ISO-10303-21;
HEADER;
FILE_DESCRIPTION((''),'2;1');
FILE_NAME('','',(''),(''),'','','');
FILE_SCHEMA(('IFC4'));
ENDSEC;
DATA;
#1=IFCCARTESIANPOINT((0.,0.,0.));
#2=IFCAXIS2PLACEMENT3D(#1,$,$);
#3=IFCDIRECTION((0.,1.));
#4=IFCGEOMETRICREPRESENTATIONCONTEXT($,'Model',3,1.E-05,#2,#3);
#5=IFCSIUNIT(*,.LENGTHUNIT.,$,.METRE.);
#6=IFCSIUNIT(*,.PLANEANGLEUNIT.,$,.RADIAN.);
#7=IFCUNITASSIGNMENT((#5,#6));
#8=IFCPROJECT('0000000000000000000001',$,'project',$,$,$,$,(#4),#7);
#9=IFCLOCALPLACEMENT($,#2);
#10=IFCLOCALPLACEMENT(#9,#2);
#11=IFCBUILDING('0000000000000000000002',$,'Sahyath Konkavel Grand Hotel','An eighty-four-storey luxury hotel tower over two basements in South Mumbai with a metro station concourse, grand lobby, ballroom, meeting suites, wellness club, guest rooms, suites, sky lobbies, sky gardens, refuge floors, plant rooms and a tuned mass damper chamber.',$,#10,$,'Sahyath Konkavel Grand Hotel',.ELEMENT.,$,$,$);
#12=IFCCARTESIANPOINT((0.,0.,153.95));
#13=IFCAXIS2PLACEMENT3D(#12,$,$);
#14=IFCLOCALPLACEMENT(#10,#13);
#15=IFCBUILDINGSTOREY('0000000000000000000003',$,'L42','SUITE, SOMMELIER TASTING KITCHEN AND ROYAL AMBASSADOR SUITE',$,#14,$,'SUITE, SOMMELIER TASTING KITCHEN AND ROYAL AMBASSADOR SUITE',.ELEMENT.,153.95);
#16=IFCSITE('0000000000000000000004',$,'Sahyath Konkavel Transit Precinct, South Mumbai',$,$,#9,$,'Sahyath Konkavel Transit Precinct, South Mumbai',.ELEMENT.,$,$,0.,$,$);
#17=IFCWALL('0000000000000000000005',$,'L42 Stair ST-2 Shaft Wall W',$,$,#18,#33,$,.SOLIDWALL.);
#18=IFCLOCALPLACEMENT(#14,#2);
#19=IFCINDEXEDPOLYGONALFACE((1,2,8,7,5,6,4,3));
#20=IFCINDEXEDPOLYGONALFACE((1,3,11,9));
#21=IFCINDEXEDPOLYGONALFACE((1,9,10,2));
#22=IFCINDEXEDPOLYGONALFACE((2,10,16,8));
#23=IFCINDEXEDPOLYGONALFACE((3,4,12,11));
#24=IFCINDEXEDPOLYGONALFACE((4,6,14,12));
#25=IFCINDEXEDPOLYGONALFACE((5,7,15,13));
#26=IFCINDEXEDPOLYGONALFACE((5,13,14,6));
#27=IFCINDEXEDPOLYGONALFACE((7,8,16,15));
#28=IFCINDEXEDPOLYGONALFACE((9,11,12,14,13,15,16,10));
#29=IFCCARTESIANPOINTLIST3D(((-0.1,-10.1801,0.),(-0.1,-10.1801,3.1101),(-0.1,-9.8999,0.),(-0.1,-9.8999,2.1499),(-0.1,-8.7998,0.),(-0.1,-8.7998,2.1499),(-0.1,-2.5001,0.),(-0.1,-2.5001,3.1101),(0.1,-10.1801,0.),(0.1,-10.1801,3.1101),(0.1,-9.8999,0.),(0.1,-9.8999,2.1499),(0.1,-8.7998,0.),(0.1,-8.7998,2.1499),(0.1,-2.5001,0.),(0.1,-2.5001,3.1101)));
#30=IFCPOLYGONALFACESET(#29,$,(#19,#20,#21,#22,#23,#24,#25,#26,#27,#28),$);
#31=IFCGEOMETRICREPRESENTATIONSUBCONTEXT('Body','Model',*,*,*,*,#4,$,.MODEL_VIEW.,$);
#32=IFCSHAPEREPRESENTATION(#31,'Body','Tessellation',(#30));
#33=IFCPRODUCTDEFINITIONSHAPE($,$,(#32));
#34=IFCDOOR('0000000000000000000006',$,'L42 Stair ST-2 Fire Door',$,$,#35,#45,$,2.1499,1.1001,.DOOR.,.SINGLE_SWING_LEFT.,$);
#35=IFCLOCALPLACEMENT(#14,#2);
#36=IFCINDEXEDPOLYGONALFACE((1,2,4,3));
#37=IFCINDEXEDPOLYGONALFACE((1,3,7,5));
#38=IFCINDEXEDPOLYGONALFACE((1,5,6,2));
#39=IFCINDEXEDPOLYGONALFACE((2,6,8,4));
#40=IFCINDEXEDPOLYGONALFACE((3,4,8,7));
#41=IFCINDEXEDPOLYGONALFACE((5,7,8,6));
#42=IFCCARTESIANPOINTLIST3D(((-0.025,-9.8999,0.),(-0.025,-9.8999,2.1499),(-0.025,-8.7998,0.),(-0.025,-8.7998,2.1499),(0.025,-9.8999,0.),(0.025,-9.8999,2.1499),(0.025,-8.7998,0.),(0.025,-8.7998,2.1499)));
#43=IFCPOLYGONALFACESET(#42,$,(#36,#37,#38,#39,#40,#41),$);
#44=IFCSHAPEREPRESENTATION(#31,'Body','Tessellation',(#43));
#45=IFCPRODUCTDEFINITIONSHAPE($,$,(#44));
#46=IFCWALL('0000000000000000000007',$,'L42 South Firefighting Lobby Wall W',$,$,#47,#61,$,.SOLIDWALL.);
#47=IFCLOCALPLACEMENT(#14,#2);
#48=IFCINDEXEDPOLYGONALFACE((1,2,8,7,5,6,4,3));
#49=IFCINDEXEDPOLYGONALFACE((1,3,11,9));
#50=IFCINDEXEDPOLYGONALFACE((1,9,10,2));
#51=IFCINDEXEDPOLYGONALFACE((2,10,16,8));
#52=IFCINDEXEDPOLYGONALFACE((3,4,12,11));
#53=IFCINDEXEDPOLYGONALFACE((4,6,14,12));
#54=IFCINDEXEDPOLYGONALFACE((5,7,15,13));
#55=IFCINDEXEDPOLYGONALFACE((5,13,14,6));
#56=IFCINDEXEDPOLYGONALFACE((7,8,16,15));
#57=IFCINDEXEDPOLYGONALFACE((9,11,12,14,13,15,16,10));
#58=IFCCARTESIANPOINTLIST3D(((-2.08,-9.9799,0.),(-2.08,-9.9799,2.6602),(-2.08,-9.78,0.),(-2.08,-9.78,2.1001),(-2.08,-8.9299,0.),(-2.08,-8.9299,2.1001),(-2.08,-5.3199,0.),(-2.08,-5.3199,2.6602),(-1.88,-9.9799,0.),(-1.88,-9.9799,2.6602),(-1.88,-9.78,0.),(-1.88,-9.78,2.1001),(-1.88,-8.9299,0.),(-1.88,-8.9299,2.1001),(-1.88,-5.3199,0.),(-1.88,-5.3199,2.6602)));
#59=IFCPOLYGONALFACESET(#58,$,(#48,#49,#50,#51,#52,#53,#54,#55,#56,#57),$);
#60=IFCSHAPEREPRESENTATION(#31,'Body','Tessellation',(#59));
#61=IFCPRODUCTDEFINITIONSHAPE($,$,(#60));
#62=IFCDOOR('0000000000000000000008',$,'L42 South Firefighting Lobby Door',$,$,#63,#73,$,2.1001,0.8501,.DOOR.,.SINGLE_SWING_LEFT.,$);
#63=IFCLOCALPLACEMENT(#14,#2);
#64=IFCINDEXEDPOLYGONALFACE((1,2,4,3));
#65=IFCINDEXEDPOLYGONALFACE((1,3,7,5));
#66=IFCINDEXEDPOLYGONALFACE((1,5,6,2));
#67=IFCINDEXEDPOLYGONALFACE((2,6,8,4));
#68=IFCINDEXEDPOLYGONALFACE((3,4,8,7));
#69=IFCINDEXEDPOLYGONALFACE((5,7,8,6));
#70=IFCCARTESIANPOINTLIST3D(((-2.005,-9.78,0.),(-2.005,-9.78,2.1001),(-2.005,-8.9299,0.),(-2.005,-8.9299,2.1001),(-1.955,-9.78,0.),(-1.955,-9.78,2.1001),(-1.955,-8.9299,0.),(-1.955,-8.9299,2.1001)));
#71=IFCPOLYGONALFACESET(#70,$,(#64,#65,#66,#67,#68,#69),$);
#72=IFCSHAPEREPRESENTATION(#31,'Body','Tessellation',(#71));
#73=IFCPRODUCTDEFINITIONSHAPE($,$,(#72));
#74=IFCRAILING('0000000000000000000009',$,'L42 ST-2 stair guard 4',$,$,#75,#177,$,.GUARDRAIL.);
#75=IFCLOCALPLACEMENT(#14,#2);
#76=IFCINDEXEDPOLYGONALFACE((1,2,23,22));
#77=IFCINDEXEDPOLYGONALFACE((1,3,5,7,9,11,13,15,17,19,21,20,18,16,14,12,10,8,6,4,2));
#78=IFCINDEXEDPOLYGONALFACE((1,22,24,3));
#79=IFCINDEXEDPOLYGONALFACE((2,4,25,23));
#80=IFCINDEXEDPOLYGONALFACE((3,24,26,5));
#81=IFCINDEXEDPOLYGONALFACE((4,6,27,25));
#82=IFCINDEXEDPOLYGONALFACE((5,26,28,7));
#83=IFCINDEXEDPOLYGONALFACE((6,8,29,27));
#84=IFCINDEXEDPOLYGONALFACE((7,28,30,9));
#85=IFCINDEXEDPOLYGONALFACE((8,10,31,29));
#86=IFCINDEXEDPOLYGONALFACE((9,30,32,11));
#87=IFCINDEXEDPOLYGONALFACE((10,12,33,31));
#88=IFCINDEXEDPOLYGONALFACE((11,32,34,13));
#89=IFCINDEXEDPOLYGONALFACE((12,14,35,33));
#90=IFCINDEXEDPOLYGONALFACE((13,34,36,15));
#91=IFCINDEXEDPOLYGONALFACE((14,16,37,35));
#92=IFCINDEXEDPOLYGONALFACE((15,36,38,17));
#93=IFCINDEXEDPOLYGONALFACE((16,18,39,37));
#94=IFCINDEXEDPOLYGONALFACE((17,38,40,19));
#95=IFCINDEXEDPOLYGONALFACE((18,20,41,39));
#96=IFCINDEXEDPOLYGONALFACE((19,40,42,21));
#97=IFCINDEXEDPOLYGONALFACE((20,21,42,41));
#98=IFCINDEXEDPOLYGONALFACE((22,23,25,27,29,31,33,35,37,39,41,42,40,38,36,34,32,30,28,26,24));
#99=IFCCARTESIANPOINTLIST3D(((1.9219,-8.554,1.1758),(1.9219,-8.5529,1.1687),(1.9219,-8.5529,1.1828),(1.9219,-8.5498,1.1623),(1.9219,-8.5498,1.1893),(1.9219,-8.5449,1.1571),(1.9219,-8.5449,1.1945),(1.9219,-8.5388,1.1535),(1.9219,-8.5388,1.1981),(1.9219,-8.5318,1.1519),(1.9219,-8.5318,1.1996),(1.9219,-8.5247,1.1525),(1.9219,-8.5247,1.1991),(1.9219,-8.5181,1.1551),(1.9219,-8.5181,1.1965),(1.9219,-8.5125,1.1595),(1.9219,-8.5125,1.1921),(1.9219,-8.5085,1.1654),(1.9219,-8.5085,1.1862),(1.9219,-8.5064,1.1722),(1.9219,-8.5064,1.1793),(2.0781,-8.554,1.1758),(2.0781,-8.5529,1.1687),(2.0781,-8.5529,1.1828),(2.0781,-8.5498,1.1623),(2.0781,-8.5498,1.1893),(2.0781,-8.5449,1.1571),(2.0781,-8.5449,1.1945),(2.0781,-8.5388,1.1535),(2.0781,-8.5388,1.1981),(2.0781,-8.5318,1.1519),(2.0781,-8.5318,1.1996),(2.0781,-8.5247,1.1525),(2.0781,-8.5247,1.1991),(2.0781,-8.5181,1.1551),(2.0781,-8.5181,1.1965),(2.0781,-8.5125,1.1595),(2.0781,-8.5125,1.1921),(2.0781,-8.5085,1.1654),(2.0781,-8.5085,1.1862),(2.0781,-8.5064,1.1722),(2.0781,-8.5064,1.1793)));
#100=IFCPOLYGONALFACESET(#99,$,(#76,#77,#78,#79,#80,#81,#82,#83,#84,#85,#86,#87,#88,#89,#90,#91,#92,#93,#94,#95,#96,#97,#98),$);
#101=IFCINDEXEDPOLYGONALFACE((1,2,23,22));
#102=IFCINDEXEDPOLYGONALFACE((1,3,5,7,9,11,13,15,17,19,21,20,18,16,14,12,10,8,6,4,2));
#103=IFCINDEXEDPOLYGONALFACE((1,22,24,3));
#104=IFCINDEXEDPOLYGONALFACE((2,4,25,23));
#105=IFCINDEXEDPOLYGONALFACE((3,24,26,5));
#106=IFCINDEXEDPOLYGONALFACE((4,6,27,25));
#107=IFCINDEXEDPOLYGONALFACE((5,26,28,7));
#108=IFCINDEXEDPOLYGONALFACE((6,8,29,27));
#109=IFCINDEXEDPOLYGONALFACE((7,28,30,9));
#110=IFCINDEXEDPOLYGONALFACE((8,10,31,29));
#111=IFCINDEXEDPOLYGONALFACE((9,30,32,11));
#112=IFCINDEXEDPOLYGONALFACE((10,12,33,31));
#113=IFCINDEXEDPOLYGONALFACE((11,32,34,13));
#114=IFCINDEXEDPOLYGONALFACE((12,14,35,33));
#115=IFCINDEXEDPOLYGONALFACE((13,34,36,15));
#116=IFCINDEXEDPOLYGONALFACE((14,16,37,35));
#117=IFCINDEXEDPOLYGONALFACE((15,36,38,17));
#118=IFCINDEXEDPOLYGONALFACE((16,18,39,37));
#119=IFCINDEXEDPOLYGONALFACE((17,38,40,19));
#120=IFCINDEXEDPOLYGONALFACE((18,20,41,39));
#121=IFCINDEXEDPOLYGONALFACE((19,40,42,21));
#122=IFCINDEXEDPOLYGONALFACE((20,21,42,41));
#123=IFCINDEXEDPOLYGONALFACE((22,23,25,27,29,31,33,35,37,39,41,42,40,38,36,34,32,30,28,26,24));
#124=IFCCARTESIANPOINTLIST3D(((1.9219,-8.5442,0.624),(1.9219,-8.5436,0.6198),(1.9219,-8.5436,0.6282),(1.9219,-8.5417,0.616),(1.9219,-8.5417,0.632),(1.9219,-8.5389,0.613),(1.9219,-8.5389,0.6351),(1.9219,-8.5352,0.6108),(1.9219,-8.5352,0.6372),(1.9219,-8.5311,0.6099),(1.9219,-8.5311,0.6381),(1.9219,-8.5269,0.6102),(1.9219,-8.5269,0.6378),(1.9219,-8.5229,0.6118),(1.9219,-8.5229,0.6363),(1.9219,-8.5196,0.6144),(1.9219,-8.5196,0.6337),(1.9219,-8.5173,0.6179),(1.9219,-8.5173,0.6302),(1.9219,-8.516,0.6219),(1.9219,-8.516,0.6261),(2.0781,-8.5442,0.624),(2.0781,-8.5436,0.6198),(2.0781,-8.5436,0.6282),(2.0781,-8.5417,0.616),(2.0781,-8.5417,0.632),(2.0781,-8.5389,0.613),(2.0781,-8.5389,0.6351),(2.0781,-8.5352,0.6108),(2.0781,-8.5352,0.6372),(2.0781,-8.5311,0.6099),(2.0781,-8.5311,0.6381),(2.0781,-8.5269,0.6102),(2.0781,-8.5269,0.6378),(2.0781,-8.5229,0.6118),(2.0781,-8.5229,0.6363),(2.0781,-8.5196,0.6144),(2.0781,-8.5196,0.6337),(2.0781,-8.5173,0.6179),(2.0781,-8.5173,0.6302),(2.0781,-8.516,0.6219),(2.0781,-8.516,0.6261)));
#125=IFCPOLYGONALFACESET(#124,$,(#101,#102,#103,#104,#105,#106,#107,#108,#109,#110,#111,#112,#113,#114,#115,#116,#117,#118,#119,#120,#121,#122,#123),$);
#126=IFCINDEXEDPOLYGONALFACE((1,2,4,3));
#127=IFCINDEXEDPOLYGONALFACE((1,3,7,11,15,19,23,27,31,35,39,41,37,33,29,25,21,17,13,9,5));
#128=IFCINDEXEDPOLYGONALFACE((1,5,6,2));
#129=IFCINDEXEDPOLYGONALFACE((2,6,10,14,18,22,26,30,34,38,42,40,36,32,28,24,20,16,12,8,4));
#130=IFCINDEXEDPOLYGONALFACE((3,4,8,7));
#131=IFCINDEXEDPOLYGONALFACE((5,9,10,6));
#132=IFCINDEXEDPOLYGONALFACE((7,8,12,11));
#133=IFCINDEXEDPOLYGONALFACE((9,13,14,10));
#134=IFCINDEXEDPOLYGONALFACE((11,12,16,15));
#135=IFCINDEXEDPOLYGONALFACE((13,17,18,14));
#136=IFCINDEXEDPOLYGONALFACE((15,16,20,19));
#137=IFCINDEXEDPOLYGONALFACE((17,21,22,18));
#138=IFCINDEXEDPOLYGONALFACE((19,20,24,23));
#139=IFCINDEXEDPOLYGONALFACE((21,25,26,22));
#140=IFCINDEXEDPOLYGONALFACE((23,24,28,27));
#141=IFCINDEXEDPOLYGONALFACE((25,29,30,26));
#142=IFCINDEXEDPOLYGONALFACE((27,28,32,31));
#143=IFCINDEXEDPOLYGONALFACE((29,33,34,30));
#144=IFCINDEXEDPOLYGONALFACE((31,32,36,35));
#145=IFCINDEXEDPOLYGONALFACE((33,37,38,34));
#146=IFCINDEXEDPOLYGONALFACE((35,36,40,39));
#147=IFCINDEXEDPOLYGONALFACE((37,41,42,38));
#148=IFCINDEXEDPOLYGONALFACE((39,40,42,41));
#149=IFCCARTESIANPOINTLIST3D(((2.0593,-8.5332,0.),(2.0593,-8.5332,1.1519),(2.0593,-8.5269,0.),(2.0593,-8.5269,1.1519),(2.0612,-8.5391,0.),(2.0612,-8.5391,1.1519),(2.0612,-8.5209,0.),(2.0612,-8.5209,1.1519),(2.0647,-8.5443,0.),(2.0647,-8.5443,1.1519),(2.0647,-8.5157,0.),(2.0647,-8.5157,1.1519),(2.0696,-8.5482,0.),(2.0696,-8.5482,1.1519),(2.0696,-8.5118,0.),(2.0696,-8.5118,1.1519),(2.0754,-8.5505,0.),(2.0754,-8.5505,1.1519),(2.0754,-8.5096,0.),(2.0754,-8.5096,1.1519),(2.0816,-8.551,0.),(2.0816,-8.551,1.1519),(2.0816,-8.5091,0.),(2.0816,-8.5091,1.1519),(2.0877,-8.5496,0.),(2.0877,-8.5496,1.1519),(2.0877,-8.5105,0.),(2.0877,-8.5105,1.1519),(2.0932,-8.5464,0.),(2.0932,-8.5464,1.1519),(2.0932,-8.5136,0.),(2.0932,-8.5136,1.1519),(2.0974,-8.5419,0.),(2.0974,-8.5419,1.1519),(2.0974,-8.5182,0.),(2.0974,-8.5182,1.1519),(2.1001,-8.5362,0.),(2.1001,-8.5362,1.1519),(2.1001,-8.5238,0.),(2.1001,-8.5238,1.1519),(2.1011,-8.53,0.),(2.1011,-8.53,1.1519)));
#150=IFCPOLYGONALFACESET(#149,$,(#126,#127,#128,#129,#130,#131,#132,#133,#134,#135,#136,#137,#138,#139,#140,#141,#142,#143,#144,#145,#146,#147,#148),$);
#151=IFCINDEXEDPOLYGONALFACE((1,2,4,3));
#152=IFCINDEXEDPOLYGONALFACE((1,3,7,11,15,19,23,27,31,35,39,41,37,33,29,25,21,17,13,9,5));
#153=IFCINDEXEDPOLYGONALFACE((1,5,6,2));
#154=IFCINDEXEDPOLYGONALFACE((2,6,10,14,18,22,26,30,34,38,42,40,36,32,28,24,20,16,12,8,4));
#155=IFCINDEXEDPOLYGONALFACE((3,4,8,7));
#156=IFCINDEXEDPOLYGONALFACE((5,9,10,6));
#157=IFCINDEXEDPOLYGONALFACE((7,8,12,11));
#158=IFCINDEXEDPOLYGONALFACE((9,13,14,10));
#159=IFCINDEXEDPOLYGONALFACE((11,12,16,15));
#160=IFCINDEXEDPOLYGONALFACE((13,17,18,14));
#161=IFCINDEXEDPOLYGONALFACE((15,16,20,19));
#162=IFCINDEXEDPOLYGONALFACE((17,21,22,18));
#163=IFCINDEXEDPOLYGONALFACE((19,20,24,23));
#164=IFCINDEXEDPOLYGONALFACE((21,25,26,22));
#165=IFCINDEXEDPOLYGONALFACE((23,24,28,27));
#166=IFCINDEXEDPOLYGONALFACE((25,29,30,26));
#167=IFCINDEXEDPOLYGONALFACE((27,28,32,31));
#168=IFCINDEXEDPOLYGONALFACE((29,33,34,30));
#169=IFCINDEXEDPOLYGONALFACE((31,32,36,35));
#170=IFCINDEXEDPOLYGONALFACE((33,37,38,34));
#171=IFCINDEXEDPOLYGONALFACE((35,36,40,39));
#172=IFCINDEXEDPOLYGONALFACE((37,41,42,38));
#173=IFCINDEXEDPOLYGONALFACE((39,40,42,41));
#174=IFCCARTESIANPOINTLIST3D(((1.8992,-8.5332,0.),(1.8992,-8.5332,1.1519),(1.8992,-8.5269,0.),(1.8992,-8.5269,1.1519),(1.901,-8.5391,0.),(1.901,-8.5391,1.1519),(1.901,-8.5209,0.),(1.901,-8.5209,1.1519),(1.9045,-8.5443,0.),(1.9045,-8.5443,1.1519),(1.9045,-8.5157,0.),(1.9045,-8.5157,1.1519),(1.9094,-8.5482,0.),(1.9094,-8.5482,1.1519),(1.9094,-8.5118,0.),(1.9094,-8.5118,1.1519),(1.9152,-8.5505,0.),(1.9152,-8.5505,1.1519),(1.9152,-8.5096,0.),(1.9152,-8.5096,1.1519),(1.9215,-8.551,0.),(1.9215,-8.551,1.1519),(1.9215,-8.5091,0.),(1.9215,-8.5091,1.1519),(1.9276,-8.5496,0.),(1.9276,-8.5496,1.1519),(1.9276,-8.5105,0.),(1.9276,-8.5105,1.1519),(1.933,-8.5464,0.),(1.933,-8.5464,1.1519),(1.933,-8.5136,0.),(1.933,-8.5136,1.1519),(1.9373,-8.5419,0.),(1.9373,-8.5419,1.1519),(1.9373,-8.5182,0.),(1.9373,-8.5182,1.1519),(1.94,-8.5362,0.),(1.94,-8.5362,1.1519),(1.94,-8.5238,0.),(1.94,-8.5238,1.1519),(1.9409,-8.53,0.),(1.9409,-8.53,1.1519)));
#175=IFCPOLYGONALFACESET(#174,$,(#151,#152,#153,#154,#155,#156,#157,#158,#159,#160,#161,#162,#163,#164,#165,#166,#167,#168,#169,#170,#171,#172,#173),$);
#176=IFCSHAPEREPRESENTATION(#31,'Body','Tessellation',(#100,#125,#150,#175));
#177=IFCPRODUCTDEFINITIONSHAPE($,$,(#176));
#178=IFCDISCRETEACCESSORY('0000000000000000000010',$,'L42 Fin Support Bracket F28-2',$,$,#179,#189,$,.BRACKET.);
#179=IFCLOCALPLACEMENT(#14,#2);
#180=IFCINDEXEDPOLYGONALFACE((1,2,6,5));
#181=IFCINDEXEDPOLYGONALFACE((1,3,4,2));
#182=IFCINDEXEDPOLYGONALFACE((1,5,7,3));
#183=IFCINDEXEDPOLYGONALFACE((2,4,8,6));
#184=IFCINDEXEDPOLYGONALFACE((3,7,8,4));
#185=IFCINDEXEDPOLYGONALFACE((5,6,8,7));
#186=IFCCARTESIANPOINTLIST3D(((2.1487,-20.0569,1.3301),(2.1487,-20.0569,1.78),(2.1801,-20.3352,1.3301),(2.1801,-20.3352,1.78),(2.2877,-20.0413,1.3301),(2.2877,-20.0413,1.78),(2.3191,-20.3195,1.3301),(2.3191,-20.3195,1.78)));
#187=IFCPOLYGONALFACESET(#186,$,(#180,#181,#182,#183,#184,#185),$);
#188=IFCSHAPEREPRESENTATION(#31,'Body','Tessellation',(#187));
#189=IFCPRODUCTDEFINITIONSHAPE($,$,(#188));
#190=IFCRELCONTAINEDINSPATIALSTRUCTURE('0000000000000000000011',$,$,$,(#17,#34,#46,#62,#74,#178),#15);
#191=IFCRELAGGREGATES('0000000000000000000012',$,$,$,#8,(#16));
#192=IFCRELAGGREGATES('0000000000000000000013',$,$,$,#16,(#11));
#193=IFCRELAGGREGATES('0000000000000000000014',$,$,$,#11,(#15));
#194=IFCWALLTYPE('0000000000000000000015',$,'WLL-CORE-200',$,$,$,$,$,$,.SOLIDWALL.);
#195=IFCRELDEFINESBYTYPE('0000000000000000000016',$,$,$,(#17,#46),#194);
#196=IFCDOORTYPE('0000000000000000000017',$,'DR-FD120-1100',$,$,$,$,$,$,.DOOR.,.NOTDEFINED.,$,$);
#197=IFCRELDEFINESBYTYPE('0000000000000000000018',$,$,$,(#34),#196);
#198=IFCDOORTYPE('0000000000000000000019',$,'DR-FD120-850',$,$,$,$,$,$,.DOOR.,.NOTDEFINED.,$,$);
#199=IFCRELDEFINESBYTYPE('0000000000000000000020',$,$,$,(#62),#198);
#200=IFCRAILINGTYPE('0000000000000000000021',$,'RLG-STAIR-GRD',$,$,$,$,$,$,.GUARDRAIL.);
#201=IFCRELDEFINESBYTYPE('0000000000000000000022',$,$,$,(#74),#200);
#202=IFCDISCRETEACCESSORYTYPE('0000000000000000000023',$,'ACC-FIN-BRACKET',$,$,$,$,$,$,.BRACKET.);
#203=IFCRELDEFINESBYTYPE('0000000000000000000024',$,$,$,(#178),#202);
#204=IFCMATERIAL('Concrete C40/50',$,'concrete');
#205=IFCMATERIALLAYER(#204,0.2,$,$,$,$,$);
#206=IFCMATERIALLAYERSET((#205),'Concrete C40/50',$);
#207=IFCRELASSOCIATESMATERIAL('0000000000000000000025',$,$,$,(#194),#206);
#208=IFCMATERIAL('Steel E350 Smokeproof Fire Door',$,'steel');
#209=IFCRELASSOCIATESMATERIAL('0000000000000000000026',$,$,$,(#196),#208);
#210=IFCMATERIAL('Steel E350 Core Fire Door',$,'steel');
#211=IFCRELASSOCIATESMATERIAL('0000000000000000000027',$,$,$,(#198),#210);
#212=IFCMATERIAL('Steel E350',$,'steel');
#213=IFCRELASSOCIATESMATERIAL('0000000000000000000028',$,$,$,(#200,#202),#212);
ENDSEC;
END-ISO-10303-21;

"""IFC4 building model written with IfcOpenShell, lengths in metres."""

from ifc_helpers import new_model, si_unit, direction, frame, frame_2d, origin, origin_2d, place, context, subcontext, project, spatial, rectangle, circle, extrude, source, transform, mapped, material, layer, layer_set, type_object, element, fill, save


model = new_model("IFC4")

# Units and contexts
model_context = context("Model", 3, precision=1e-05, world=origin(), true_north=direction((0.0, 1.0)))
body_context = subcontext(model_context, "Body", "Model", "MODEL_VIEW")
ifc_project = project(units=[si_unit("LENGTHUNIT", "METRE"), si_unit("PLANEANGLEUNIT", "RADIAN")], contexts=[model_context])

# Site, building, storey
site_placement = place(None, origin())
site = spatial("IfcSite", under=ifc_project, at=site_placement, Name="Sahyath Konkavel Transit Precinct, South Mumbai", LongName="Sahyath Konkavel Transit Precinct, South Mumbai", CompositionType="ELEMENT", RefElevation=0.0)
building_placement = place(site_placement, origin())
building = spatial("IfcBuilding", under=site, at=building_placement, Name="Sahyath Konkavel Grand Hotel", Description="An eighty-four-storey luxury hotel tower over two basements in South Mumbai with a metro station concourse, grand lobby, ballroom, meeting suites, wellness club, guest rooms, suites, sky lobbies, sky gardens, refuge floors, plant rooms and a tuned mass damper chamber.", LongName="Sahyath Konkavel Grand Hotel", CompositionType="ELEMENT")
storey_placement = place(building_placement, frame((0.0, 0.0, 153.95)))
storey = spatial("IfcBuildingStorey", under=building, at=storey_placement, Name="L42", Description="SUITE, SOMMELIER TASTING KITCHEN AND ROYAL AMBASSADOR SUITE", LongName="SUITE, SOMMELIER TASTING KITCHEN AND ROYAL AMBASSADOR SUITE", CompositionType="ELEMENT", Elevation=153.95)

# Shared definitions
ifc_material_1 = material(Name="Steel E350", Category="steel")

# Walls, openings, doors
ifc_material_2 = material(Name="Concrete C40/50", Category="concrete")
ifc_layer_1 = layer(ifc_material_2, 0.2)
ifc_layer_set_1 = layer_set([ifc_layer_1], Name="Concrete C40/50")
wall_type_1 = type_object("IfcWallType", Name="WLL-CORE-200", PredefinedType="SOLIDWALL", material=ifc_layer_set_1)
wall_1_placement = place(storey_placement, frame((0.0, -10.1799, 0.0), z_axis=(0.0, 0.0, 1.0), x_axis=(0.0, 1.0, 0.0)))
wall_1 = element("IfcWall", 1, at=wall_1_placement, inside=storey, type_object=wall_type_1, Name="L42 Stair ST-2 Shaft Wall W", PredefinedType="SOLIDWALL", context=body_context, shape_type="SweptSolid", body=[
    extrude(rectangle(XDim=7.6799, YDim=0.2, at=frame_2d((3.8398, 0.0))), origin(), (0.0, 0.0, 1.0), 3.1101),
])
opening_1_placement = place(wall_1_placement, frame((0.28, 0.0, 0.0)))
opening_1 = element("IfcOpeningElement", 2, at=opening_1_placement, cuts=wall_1, PredefinedType="OPENING", context=body_context, shape_type="SweptSolid", body=[
    extrude(rectangle(XDim=1.1001, YDim=2.1499, at=frame_2d((0.55, 1.075))), frame((0.0, 0.1099, 0.0), z_axis=(0.0, -1.0, 0.0), x_axis=(1.0, 0.0, 0.0)), (0.0, 0.0, 1.0), 0.22),
])
ifc_material_3 = material(Name="Steel E350 Smokeproof Fire Door", Category="steel")
door_type_1 = type_object("IfcDoorType", Name="DR-FD120-1100", OperationType="NOTDEFINED", PredefinedType="DOOR", material=ifc_material_3)
shared_shape_1 = source(origin(), body_context, "Body", "SweptSolid", [
    extrude(rectangle(XDim=1.1001, YDim=0.05, at=origin_2d()), origin(), (0.0, 0.0, 1.0), 2.1499),
])
door_1_placement = place(opening_1_placement, frame((0.55, 0.0, 0.0)))
door_1 = element("IfcDoor", 3, at=door_1_placement, inside=storey, type_object=door_type_1, Name="L42 Stair ST-2 Fire Door", OperationType="SINGLE_SWING_LEFT", OverallHeight=2.1499, OverallWidth=1.1001, PredefinedType="DOOR", context=body_context, shape_type="MappedRepresentation", body=[
    mapped(shared_shape_1, transform((0.0, 0.0, 0.0), scale=1.0)),
])
fill(opening_1, door_1)
wall_2_placement = place(storey_placement, frame((-1.98, -9.98, 0.0), z_axis=(0.0, 0.0, 1.0), x_axis=(0.0, 1.0, 0.0)))
wall_2 = element("IfcWall", 4, at=wall_2_placement, inside=storey, type_object=wall_type_1, Name="L42 South Firefighting Lobby Wall W", PredefinedType="SOLIDWALL", context=body_context, shape_type="SweptSolid", body=[
    extrude(rectangle(XDim=4.6599, YDim=0.2, at=frame_2d((2.3301, 0.0))), origin(), (0.0, 0.0, 1.0), 2.6602),
])
opening_2_placement = place(wall_2_placement, frame((0.2, 0.0, 0.0)))
opening_2 = element("IfcOpeningElement", 5, at=opening_2_placement, cuts=wall_2, PredefinedType="OPENING", context=body_context, shape_type="SweptSolid", body=[
    extrude(rectangle(XDim=0.8501, YDim=2.1001, at=frame_2d((0.425, 1.05))), frame((0.0, 0.1099, 0.0), z_axis=(0.0, -1.0, 0.0), x_axis=(1.0, 0.0, 0.0)), (0.0, 0.0, 1.0), 0.22),
])
ifc_material_4 = material(Name="Steel E350 Core Fire Door", Category="steel")
door_type_2 = type_object("IfcDoorType", Name="DR-FD120-850", OperationType="NOTDEFINED", PredefinedType="DOOR", material=ifc_material_4)
shared_shape_2 = source(origin(), body_context, "Body", "SweptSolid", [
    extrude(rectangle(XDim=0.8501, YDim=0.05, at=origin_2d()), origin(), (0.0, 0.0, 1.0), 2.1001),
])
door_2_placement = place(opening_2_placement, frame((0.425, 0.0, 0.0)))
door_2 = element("IfcDoor", 6, at=door_2_placement, inside=storey, type_object=door_type_2, Name="L42 South Firefighting Lobby Door", OperationType="SINGLE_SWING_LEFT", OverallHeight=2.1001, OverallWidth=0.8501, PredefinedType="DOOR", context=body_context, shape_type="MappedRepresentation", body=[
    mapped(shared_shape_2, transform((0.0, 0.0, 0.0), scale=1.0)),
])
fill(opening_2, door_2)

# Railing
railing_type = type_object("IfcRailingType", Name="RLG-STAIR-GRD", PredefinedType="GUARDRAIL", material=ifc_material_1)
railing_placement = place(storey_placement, frame((2.0801, -8.53, 0.0)))
element("IfcRailing", 7, at=railing_placement, inside=storey, type_object=railing_type, Name="L42 ST-2 stair guard 4", PredefinedType="GUARDRAIL", context=body_context, shape_type="SweptSolid", body=[
    extrude(circle(Radius=0.0239, at=origin_2d()), frame((-0.002, 0.0, 1.1758), z_axis=(-1.0, 0.0, 0.0), x_axis=(0.0, -1.0, 0.0)), (0.0, 0.0, 1.0), 0.1562),
    extrude(circle(Radius=0.0142, at=origin_2d()), frame((-0.002, 0.0, 0.624), z_axis=(-1.0, 0.0, 0.0), x_axis=(0.0, -1.0, 0.0)), (0.0, 0.0, 1.0), 0.1562),
    extrude(circle(Radius=0.021, at=origin_2d()), origin(), (0.0, 0.0, 1.0), 1.1519),
    extrude(circle(Radius=0.021, at=origin_2d()), frame((-0.1602, 0.0, 0.0)), (0.0, 0.0, 1.0), 1.1519),
])

# Discrete accessory
discrete_accessory_type = type_object("IfcDiscreteAccessoryType", Name="ACC-FIN-BRACKET", PredefinedType="BRACKET", material=ifc_material_1)
shared_shape_3 = source(origin(), body_context, "Body", "SweptSolid", [
    extrude(rectangle(XDim=0.28, YDim=0.1399, at=origin_2d()), origin(), (0.0, 0.0, 1.0), 0.45),
])
discrete_accessory_placement = place(storey_placement, frame((2.2339, -20.1882, 1.3301), z_axis=(0.0, 0.0, 1.0), x_axis=(0.112007, -0.993707, 0.0)))
element("IfcDiscreteAccessory", 8, at=discrete_accessory_placement, inside=storey, type_object=discrete_accessory_type, Name="L42 Fin Support Bracket F28-2", PredefinedType="BRACKET", context=body_context, shape_type="MappedRepresentation", body=[
    mapped(shared_shape_3, transform((0.0, 0.0, 0.0), scale=1.0)),
])

save(model, "model.ifc")
